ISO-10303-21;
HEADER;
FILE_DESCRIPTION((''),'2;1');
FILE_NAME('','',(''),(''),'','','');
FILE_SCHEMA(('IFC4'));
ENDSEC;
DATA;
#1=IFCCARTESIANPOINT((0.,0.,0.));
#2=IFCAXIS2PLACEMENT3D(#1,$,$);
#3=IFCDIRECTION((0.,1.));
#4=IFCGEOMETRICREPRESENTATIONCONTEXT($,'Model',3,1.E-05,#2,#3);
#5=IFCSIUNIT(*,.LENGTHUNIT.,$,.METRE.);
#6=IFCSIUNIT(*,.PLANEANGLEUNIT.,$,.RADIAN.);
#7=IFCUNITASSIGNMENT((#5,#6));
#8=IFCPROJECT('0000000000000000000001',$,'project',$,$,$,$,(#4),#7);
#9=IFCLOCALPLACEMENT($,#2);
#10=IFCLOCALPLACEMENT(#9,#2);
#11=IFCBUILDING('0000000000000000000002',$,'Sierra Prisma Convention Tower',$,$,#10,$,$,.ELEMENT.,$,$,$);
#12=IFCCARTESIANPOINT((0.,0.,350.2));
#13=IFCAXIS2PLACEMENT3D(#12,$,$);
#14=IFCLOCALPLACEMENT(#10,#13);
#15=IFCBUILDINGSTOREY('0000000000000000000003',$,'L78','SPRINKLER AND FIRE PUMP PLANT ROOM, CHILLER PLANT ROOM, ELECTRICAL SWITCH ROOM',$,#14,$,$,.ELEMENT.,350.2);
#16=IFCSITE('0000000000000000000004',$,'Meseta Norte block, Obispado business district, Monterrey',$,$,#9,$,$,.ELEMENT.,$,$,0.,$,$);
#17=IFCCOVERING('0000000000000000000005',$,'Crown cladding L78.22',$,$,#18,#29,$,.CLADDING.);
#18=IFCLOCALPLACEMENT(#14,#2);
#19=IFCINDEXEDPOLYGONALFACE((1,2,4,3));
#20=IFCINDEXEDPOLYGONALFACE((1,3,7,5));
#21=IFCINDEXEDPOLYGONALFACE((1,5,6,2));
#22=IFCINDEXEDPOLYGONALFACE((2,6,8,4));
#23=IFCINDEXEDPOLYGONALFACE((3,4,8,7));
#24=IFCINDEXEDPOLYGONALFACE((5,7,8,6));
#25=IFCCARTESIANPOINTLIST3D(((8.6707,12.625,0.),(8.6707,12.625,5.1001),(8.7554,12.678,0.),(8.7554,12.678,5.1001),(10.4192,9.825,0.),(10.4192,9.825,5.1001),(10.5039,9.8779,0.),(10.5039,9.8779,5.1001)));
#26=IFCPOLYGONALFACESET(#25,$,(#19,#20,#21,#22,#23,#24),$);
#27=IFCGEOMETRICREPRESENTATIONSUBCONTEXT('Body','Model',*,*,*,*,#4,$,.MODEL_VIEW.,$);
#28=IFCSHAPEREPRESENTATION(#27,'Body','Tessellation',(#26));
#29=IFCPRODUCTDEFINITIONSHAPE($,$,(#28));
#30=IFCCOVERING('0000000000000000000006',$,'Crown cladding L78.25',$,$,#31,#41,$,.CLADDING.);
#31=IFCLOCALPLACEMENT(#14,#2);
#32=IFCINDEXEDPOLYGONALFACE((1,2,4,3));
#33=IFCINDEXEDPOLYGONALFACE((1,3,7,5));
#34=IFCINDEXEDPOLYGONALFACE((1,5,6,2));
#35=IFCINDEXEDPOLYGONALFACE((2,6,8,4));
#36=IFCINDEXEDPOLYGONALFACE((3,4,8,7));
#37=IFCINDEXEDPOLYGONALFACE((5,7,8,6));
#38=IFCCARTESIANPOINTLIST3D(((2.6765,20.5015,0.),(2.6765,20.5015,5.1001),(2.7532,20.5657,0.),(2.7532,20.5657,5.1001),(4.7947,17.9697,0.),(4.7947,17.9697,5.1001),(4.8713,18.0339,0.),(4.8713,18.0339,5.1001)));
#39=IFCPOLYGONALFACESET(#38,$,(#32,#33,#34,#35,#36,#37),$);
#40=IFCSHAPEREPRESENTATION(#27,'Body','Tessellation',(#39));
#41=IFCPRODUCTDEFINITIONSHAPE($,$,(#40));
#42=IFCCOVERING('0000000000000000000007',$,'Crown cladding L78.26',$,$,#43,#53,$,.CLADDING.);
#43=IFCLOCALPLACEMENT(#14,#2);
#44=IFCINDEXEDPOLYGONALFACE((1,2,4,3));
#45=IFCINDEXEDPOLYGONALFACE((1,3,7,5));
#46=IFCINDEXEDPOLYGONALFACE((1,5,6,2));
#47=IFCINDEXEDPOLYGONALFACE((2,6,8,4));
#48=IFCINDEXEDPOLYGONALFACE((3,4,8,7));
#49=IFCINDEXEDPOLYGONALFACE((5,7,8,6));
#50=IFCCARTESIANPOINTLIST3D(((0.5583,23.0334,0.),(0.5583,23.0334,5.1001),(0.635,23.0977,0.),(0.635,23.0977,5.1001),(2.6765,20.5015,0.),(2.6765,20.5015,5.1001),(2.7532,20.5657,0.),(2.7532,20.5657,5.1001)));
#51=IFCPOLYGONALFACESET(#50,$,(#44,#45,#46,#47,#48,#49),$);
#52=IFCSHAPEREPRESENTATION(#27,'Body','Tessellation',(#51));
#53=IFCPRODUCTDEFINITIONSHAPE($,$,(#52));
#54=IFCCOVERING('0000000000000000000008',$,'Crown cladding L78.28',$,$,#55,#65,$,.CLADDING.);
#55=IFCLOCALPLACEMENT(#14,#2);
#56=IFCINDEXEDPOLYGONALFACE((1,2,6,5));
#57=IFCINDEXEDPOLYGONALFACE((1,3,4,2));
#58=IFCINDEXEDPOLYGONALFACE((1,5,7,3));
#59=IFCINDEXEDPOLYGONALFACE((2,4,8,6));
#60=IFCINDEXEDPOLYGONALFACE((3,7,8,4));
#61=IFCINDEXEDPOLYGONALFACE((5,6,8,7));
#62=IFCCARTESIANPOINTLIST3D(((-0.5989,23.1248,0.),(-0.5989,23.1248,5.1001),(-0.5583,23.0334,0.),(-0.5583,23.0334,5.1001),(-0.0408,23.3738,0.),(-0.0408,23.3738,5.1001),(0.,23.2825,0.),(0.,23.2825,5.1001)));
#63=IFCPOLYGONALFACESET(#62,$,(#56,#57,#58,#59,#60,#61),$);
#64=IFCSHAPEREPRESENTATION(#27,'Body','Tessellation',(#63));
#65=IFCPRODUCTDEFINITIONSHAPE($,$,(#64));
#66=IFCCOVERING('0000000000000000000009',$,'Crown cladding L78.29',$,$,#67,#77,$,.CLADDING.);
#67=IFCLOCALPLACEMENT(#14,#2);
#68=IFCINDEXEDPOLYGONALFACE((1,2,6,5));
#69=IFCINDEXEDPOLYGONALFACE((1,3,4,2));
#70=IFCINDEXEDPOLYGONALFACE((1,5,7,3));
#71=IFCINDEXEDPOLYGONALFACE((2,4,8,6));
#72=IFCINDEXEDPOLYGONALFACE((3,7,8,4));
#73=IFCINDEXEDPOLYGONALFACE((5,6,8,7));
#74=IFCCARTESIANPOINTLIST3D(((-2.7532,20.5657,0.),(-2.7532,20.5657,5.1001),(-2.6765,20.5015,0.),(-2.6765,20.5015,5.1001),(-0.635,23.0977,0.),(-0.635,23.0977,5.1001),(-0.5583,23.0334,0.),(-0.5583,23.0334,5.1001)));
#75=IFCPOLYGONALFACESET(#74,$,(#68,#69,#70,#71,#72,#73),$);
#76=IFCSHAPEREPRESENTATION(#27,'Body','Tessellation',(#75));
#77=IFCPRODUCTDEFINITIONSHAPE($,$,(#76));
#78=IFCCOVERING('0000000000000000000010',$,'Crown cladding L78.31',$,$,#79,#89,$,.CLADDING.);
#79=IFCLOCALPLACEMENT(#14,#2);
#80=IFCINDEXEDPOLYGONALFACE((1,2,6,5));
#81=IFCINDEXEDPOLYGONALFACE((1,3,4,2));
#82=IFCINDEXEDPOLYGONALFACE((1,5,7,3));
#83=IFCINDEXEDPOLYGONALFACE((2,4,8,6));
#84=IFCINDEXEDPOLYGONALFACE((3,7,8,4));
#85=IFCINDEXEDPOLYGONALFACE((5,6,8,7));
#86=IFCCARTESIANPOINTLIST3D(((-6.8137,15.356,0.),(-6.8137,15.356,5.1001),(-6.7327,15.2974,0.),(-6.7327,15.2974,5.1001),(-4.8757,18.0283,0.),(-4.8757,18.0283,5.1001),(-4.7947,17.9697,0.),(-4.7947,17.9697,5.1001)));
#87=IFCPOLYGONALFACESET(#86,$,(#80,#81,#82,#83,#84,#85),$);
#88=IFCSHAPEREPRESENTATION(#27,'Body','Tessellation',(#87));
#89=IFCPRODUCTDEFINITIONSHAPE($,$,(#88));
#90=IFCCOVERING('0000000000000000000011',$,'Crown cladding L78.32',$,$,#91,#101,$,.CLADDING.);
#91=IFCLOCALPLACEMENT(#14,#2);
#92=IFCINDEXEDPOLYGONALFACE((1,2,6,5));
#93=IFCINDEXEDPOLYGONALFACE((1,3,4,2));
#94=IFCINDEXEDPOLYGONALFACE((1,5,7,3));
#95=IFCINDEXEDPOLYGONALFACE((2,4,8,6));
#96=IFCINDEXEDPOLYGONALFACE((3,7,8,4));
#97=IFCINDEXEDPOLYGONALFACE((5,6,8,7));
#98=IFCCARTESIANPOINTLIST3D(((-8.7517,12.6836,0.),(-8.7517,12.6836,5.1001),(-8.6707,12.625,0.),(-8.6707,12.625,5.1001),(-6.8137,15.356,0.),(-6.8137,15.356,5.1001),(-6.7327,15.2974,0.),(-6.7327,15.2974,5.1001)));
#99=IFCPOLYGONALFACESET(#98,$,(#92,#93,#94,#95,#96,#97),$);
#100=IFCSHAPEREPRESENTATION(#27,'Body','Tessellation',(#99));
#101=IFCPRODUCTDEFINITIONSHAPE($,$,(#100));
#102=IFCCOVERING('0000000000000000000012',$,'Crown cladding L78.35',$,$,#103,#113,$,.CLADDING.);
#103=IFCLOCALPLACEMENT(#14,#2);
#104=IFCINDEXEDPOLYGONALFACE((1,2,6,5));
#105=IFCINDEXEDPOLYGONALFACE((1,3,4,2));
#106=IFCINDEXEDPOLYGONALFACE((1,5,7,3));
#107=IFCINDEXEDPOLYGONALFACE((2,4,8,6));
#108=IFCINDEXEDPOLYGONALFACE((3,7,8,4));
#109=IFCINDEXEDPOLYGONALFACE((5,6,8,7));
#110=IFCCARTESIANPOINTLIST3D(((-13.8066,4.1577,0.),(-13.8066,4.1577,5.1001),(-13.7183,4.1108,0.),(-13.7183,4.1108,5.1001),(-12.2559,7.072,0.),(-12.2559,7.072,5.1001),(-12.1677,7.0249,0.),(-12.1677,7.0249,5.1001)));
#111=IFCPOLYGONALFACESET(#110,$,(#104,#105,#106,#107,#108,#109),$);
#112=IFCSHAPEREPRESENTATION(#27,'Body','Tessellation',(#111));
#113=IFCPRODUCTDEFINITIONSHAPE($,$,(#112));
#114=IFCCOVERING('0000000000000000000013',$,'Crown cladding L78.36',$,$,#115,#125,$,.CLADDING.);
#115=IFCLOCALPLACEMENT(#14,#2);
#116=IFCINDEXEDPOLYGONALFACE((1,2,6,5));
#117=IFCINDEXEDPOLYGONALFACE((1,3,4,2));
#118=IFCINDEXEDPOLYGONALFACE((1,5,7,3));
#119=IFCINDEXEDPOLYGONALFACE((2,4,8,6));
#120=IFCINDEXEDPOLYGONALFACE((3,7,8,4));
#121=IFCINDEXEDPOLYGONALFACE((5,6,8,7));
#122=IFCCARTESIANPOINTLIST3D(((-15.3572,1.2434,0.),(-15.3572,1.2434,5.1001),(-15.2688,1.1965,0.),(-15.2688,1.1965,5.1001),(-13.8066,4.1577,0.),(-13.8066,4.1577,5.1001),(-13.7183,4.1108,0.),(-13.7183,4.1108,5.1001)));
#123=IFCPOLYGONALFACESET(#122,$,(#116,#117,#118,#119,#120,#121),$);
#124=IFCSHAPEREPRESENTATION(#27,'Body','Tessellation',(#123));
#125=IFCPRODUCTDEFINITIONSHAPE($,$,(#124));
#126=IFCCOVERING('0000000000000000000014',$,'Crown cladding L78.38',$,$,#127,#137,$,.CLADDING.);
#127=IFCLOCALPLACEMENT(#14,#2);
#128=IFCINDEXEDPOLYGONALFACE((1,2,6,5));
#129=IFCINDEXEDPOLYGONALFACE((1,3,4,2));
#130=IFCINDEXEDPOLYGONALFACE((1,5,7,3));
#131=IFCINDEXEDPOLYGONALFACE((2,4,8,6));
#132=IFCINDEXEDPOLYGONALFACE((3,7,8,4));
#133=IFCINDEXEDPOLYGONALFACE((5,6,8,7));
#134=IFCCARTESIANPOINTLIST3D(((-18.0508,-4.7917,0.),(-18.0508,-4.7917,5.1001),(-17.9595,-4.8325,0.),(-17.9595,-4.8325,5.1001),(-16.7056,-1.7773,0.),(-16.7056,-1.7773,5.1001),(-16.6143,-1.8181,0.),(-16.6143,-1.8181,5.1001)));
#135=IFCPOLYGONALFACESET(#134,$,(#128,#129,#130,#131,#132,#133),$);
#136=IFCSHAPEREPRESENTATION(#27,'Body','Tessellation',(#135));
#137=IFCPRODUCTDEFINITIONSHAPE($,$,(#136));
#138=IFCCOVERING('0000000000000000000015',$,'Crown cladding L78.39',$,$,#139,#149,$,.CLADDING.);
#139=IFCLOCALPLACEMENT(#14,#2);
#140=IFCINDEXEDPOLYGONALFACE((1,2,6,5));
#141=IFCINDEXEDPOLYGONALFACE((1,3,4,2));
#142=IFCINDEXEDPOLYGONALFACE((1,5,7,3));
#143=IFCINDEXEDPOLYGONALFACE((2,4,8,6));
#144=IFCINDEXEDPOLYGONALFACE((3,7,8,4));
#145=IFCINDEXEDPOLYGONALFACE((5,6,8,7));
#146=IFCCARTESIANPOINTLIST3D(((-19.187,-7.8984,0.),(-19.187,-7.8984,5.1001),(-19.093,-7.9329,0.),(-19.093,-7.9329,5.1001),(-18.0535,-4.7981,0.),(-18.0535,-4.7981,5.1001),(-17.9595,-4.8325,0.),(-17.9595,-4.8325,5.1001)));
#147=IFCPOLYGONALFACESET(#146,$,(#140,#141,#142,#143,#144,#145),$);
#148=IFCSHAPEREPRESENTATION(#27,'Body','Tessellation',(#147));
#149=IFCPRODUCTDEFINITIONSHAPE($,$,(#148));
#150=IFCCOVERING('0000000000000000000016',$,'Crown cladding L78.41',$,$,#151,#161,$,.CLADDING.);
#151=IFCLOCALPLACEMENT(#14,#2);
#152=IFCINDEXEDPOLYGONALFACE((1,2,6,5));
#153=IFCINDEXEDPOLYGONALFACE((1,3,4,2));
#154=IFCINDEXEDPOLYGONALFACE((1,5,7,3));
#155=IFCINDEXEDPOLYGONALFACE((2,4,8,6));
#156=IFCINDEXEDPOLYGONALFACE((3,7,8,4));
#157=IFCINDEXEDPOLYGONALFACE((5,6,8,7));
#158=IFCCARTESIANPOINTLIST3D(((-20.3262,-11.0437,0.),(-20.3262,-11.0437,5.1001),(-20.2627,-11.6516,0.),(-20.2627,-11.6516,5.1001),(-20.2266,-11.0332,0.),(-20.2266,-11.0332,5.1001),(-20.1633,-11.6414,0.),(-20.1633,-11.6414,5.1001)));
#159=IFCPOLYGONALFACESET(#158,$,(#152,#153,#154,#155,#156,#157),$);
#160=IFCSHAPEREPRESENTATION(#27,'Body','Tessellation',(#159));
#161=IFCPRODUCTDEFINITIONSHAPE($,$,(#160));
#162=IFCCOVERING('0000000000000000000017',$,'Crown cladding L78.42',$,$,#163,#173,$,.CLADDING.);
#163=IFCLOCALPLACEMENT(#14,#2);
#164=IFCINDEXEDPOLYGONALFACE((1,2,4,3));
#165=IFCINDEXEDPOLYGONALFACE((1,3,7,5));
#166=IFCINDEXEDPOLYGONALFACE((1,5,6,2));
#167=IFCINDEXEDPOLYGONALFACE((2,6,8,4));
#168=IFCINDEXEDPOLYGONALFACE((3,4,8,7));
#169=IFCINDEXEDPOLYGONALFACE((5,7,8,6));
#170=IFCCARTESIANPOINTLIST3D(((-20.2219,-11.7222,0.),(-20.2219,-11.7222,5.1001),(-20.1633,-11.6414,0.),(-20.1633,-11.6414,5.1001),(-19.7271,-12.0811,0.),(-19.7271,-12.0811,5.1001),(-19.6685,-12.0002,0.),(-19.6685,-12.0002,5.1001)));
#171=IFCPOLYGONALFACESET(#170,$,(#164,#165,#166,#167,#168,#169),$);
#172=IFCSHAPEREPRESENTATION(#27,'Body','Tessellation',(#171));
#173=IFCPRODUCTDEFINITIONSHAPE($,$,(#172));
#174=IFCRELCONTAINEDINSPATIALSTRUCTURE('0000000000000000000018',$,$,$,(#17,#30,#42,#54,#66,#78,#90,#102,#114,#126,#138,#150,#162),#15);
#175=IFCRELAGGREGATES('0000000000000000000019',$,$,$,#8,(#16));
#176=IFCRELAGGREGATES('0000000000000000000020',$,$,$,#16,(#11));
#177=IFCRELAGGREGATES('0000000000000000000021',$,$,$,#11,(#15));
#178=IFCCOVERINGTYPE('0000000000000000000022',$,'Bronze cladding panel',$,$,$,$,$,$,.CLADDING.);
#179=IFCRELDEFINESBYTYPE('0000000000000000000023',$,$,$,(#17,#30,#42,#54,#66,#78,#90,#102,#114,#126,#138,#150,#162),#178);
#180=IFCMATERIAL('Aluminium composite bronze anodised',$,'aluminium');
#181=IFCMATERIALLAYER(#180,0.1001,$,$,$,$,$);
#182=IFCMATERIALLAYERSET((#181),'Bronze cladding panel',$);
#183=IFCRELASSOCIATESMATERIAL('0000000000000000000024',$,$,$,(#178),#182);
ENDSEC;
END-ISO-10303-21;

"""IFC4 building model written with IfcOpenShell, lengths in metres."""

from ifc_helpers import new_model, si_unit, direction, frame, origin, place, context, subcontext, project, spatial, polyline, outline, extrude, material, layer, layer_set, type_object, element, save


model = new_model("IFC4")

# Units and contexts
model_context = context("Model", 3, precision=1e-05, world=origin(), true_north=direction((0.0, 1.0)))
body_context = subcontext(model_context, "Body", "Model", "MODEL_VIEW")
ifc_project = project(units=[si_unit("LENGTHUNIT", "METRE"), si_unit("PLANEANGLEUNIT", "RADIAN")], contexts=[model_context])

# Site, building, storey
site_placement = place(None, origin())
site = spatial("IfcSite", under=ifc_project, at=site_placement, Name="Meseta Norte block, Obispado business district, Monterrey", CompositionType="ELEMENT", RefElevation=0.0)
building_placement = place(site_placement, origin())
building = spatial("IfcBuilding", under=site, at=building_placement, Name="Sierra Prisma Convention Tower", CompositionType="ELEMENT")
storey_placement = place(building_placement, frame((0.0, 0.0, 350.2)))
storey = spatial("IfcBuildingStorey", under=building, at=storey_placement, Name="L78", Description="SPRINKLER AND FIRE PUMP PLANT ROOM, CHILLER PLANT ROOM, ELECTRICAL SWITCH ROOM", CompositionType="ELEMENT", Elevation=350.2)

# Coverings
ifc_material_1 = material(Name="Aluminium composite bronze anodised", Category="aluminium")
ifc_layer_1 = layer(ifc_material_1, 0.1001)
ifc_layer_set_1 = layer_set([ifc_layer_1], Name="Bronze cladding panel")
covering_type = type_object("IfcCoveringType", Name="Bronze cladding panel", PredefinedType="CLADDING", material=ifc_layer_set_1)
covering_1_placement = place(storey_placement, origin())
element("IfcCovering", 1, at=covering_1_placement, inside=storey, type_object=covering_type, Name="Crown cladding L78.22", PredefinedType="CLADDING", context=body_context, shape_type="SweptSolid", body=[
    extrude(outline(polyline([(10.4192, 9.825), (8.6707, 12.625), (8.7554, 12.678), (10.5039, 9.8779), (10.4192, 9.825)])), origin(), (0.0, 0.0, 1.0), 5.1001),
])
covering_2_placement = place(storey_placement, origin())
element("IfcCovering", 2, at=covering_2_placement, inside=storey, type_object=covering_type, Name="Crown cladding L78.25", PredefinedType="CLADDING", context=body_context, shape_type="SweptSolid", body=[
    extrude(outline(polyline([(4.7947, 17.9697), (2.6765, 20.5015), (2.7532, 20.5657), (4.8713, 18.0339), (4.7947, 17.9697)])), origin(), (0.0, 0.0, 1.0), 5.1001),
])
covering_3_placement = place(storey_placement, origin())
element("IfcCovering", 3, at=covering_3_placement, inside=storey, type_object=covering_type, Name="Crown cladding L78.26", PredefinedType="CLADDING", context=body_context, shape_type="SweptSolid", body=[
    extrude(outline(polyline([(2.6765, 20.5015), (0.5583, 23.0334), (0.635, 23.0977), (2.7532, 20.5657), (2.6765, 20.5015)])), origin(), (0.0, 0.0, 1.0), 5.1001),
])
covering_4_placement = place(storey_placement, origin())
element("IfcCovering", 4, at=covering_4_placement, inside=storey, type_object=covering_type, Name="Crown cladding L78.28", PredefinedType="CLADDING", context=body_context, shape_type="SweptSolid", body=[
    extrude(outline(polyline([(0.0, 23.2825), (-0.5583, 23.0334), (-0.5989, 23.1248), (-0.0408, 23.3738), (0.0, 23.2825)])), origin(), (0.0, 0.0, 1.0), 5.1001),
])
covering_5_placement = place(storey_placement, origin())
element("IfcCovering", 5, at=covering_5_placement, inside=storey, type_object=covering_type, Name="Crown cladding L78.29", PredefinedType="CLADDING", context=body_context, shape_type="SweptSolid", body=[
    extrude(outline(polyline([(-0.5583, 23.0334), (-2.6765, 20.5015), (-2.7532, 20.5657), (-0.635, 23.0977), (-0.5583, 23.0334)])), origin(), (0.0, 0.0, 1.0), 5.1001),
])
covering_6_placement = place(storey_placement, origin())
element("IfcCovering", 6, at=covering_6_placement, inside=storey, type_object=covering_type, Name="Crown cladding L78.31", PredefinedType="CLADDING", context=body_context, shape_type="SweptSolid", body=[
    extrude(outline(polyline([(-4.7947, 17.9697), (-6.7327, 15.2974), (-6.8137, 15.356), (-4.8757, 18.0283), (-4.7947, 17.9697)])), origin(), (0.0, 0.0, 1.0), 5.1001),
])
covering_7_placement = place(storey_placement, origin())
element("IfcCovering", 7, at=covering_7_placement, inside=storey, type_object=covering_type, Name="Crown cladding L78.32", PredefinedType="CLADDING", context=body_context, shape_type="SweptSolid", body=[
    extrude(outline(polyline([(-6.7327, 15.2974), (-8.6707, 12.625), (-8.7517, 12.6836), (-6.8137, 15.356), (-6.7327, 15.2974)])), origin(), (0.0, 0.0, 1.0), 5.1001),
])
covering_8_placement = place(storey_placement, origin())
element("IfcCovering", 8, at=covering_8_placement, inside=storey, type_object=covering_type, Name="Crown cladding L78.35", PredefinedType="CLADDING", context=body_context, shape_type="SweptSolid", body=[
    extrude(outline(polyline([(-12.1677, 7.0249), (-13.7183, 4.1108), (-13.8066, 4.1577), (-12.2559, 7.072), (-12.1677, 7.0249)])), origin(), (0.0, 0.0, 1.0), 5.1001),
])
covering_9_placement = place(storey_placement, origin())
element("IfcCovering", 9, at=covering_9_placement, inside=storey, type_object=covering_type, Name="Crown cladding L78.36", PredefinedType="CLADDING", context=body_context, shape_type="SweptSolid", body=[
    extrude(outline(polyline([(-13.7183, 4.1108), (-15.2688, 1.1965), (-15.3572, 1.2434), (-13.8066, 4.1577), (-13.7183, 4.1108)])), origin(), (0.0, 0.0, 1.0), 5.1001),
])
covering_10_placement = place(storey_placement, origin())
element("IfcCovering", 10, at=covering_10_placement, inside=storey, type_object=covering_type, Name="Crown cladding L78.38", PredefinedType="CLADDING", context=body_context, shape_type="SweptSolid", body=[
    extrude(outline(polyline([(-16.6143, -1.8181), (-17.9595, -4.8325), (-18.0508, -4.7917), (-16.7056, -1.7773), (-16.6143, -1.8181)])), origin(), (0.0, 0.0, 1.0), 5.1001),
])
covering_11_placement = place(storey_placement, origin())
element("IfcCovering", 11, at=covering_11_placement, inside=storey, type_object=covering_type, Name="Crown cladding L78.39", PredefinedType="CLADDING", context=body_context, shape_type="SweptSolid", body=[
    extrude(outline(polyline([(-17.9595, -4.8325), (-19.093, -7.9329), (-19.187, -7.8984), (-18.0535, -4.7981), (-17.9595, -4.8325)])), origin(), (0.0, 0.0, 1.0), 5.1001),
])
covering_12_placement = place(storey_placement, origin())
element("IfcCovering", 12, at=covering_12_placement, inside=storey, type_object=covering_type, Name="Crown cladding L78.41", PredefinedType="CLADDING", context=body_context, shape_type="SweptSolid", body=[
    extrude(outline(polyline([(-20.2266, -11.0332), (-20.1633, -11.6414), (-20.2627, -11.6516), (-20.3262, -11.0437), (-20.2266, -11.0332)])), origin(), (0.0, 0.0, 1.0), 5.1001),
])
covering_13_placement = place(storey_placement, origin())
element("IfcCovering", 13, at=covering_13_placement, inside=storey, type_object=covering_type, Name="Crown cladding L78.42", PredefinedType="CLADDING", context=body_context, shape_type="SweptSolid", body=[
    extrude(outline(polyline([(-20.1633, -11.6414), (-19.6685, -12.0002), (-19.7271, -12.0811), (-20.2219, -11.7222), (-20.1633, -11.6414)])), origin(), (0.0, 0.0, 1.0), 5.1001),
])

save(model, "model.ifc")
